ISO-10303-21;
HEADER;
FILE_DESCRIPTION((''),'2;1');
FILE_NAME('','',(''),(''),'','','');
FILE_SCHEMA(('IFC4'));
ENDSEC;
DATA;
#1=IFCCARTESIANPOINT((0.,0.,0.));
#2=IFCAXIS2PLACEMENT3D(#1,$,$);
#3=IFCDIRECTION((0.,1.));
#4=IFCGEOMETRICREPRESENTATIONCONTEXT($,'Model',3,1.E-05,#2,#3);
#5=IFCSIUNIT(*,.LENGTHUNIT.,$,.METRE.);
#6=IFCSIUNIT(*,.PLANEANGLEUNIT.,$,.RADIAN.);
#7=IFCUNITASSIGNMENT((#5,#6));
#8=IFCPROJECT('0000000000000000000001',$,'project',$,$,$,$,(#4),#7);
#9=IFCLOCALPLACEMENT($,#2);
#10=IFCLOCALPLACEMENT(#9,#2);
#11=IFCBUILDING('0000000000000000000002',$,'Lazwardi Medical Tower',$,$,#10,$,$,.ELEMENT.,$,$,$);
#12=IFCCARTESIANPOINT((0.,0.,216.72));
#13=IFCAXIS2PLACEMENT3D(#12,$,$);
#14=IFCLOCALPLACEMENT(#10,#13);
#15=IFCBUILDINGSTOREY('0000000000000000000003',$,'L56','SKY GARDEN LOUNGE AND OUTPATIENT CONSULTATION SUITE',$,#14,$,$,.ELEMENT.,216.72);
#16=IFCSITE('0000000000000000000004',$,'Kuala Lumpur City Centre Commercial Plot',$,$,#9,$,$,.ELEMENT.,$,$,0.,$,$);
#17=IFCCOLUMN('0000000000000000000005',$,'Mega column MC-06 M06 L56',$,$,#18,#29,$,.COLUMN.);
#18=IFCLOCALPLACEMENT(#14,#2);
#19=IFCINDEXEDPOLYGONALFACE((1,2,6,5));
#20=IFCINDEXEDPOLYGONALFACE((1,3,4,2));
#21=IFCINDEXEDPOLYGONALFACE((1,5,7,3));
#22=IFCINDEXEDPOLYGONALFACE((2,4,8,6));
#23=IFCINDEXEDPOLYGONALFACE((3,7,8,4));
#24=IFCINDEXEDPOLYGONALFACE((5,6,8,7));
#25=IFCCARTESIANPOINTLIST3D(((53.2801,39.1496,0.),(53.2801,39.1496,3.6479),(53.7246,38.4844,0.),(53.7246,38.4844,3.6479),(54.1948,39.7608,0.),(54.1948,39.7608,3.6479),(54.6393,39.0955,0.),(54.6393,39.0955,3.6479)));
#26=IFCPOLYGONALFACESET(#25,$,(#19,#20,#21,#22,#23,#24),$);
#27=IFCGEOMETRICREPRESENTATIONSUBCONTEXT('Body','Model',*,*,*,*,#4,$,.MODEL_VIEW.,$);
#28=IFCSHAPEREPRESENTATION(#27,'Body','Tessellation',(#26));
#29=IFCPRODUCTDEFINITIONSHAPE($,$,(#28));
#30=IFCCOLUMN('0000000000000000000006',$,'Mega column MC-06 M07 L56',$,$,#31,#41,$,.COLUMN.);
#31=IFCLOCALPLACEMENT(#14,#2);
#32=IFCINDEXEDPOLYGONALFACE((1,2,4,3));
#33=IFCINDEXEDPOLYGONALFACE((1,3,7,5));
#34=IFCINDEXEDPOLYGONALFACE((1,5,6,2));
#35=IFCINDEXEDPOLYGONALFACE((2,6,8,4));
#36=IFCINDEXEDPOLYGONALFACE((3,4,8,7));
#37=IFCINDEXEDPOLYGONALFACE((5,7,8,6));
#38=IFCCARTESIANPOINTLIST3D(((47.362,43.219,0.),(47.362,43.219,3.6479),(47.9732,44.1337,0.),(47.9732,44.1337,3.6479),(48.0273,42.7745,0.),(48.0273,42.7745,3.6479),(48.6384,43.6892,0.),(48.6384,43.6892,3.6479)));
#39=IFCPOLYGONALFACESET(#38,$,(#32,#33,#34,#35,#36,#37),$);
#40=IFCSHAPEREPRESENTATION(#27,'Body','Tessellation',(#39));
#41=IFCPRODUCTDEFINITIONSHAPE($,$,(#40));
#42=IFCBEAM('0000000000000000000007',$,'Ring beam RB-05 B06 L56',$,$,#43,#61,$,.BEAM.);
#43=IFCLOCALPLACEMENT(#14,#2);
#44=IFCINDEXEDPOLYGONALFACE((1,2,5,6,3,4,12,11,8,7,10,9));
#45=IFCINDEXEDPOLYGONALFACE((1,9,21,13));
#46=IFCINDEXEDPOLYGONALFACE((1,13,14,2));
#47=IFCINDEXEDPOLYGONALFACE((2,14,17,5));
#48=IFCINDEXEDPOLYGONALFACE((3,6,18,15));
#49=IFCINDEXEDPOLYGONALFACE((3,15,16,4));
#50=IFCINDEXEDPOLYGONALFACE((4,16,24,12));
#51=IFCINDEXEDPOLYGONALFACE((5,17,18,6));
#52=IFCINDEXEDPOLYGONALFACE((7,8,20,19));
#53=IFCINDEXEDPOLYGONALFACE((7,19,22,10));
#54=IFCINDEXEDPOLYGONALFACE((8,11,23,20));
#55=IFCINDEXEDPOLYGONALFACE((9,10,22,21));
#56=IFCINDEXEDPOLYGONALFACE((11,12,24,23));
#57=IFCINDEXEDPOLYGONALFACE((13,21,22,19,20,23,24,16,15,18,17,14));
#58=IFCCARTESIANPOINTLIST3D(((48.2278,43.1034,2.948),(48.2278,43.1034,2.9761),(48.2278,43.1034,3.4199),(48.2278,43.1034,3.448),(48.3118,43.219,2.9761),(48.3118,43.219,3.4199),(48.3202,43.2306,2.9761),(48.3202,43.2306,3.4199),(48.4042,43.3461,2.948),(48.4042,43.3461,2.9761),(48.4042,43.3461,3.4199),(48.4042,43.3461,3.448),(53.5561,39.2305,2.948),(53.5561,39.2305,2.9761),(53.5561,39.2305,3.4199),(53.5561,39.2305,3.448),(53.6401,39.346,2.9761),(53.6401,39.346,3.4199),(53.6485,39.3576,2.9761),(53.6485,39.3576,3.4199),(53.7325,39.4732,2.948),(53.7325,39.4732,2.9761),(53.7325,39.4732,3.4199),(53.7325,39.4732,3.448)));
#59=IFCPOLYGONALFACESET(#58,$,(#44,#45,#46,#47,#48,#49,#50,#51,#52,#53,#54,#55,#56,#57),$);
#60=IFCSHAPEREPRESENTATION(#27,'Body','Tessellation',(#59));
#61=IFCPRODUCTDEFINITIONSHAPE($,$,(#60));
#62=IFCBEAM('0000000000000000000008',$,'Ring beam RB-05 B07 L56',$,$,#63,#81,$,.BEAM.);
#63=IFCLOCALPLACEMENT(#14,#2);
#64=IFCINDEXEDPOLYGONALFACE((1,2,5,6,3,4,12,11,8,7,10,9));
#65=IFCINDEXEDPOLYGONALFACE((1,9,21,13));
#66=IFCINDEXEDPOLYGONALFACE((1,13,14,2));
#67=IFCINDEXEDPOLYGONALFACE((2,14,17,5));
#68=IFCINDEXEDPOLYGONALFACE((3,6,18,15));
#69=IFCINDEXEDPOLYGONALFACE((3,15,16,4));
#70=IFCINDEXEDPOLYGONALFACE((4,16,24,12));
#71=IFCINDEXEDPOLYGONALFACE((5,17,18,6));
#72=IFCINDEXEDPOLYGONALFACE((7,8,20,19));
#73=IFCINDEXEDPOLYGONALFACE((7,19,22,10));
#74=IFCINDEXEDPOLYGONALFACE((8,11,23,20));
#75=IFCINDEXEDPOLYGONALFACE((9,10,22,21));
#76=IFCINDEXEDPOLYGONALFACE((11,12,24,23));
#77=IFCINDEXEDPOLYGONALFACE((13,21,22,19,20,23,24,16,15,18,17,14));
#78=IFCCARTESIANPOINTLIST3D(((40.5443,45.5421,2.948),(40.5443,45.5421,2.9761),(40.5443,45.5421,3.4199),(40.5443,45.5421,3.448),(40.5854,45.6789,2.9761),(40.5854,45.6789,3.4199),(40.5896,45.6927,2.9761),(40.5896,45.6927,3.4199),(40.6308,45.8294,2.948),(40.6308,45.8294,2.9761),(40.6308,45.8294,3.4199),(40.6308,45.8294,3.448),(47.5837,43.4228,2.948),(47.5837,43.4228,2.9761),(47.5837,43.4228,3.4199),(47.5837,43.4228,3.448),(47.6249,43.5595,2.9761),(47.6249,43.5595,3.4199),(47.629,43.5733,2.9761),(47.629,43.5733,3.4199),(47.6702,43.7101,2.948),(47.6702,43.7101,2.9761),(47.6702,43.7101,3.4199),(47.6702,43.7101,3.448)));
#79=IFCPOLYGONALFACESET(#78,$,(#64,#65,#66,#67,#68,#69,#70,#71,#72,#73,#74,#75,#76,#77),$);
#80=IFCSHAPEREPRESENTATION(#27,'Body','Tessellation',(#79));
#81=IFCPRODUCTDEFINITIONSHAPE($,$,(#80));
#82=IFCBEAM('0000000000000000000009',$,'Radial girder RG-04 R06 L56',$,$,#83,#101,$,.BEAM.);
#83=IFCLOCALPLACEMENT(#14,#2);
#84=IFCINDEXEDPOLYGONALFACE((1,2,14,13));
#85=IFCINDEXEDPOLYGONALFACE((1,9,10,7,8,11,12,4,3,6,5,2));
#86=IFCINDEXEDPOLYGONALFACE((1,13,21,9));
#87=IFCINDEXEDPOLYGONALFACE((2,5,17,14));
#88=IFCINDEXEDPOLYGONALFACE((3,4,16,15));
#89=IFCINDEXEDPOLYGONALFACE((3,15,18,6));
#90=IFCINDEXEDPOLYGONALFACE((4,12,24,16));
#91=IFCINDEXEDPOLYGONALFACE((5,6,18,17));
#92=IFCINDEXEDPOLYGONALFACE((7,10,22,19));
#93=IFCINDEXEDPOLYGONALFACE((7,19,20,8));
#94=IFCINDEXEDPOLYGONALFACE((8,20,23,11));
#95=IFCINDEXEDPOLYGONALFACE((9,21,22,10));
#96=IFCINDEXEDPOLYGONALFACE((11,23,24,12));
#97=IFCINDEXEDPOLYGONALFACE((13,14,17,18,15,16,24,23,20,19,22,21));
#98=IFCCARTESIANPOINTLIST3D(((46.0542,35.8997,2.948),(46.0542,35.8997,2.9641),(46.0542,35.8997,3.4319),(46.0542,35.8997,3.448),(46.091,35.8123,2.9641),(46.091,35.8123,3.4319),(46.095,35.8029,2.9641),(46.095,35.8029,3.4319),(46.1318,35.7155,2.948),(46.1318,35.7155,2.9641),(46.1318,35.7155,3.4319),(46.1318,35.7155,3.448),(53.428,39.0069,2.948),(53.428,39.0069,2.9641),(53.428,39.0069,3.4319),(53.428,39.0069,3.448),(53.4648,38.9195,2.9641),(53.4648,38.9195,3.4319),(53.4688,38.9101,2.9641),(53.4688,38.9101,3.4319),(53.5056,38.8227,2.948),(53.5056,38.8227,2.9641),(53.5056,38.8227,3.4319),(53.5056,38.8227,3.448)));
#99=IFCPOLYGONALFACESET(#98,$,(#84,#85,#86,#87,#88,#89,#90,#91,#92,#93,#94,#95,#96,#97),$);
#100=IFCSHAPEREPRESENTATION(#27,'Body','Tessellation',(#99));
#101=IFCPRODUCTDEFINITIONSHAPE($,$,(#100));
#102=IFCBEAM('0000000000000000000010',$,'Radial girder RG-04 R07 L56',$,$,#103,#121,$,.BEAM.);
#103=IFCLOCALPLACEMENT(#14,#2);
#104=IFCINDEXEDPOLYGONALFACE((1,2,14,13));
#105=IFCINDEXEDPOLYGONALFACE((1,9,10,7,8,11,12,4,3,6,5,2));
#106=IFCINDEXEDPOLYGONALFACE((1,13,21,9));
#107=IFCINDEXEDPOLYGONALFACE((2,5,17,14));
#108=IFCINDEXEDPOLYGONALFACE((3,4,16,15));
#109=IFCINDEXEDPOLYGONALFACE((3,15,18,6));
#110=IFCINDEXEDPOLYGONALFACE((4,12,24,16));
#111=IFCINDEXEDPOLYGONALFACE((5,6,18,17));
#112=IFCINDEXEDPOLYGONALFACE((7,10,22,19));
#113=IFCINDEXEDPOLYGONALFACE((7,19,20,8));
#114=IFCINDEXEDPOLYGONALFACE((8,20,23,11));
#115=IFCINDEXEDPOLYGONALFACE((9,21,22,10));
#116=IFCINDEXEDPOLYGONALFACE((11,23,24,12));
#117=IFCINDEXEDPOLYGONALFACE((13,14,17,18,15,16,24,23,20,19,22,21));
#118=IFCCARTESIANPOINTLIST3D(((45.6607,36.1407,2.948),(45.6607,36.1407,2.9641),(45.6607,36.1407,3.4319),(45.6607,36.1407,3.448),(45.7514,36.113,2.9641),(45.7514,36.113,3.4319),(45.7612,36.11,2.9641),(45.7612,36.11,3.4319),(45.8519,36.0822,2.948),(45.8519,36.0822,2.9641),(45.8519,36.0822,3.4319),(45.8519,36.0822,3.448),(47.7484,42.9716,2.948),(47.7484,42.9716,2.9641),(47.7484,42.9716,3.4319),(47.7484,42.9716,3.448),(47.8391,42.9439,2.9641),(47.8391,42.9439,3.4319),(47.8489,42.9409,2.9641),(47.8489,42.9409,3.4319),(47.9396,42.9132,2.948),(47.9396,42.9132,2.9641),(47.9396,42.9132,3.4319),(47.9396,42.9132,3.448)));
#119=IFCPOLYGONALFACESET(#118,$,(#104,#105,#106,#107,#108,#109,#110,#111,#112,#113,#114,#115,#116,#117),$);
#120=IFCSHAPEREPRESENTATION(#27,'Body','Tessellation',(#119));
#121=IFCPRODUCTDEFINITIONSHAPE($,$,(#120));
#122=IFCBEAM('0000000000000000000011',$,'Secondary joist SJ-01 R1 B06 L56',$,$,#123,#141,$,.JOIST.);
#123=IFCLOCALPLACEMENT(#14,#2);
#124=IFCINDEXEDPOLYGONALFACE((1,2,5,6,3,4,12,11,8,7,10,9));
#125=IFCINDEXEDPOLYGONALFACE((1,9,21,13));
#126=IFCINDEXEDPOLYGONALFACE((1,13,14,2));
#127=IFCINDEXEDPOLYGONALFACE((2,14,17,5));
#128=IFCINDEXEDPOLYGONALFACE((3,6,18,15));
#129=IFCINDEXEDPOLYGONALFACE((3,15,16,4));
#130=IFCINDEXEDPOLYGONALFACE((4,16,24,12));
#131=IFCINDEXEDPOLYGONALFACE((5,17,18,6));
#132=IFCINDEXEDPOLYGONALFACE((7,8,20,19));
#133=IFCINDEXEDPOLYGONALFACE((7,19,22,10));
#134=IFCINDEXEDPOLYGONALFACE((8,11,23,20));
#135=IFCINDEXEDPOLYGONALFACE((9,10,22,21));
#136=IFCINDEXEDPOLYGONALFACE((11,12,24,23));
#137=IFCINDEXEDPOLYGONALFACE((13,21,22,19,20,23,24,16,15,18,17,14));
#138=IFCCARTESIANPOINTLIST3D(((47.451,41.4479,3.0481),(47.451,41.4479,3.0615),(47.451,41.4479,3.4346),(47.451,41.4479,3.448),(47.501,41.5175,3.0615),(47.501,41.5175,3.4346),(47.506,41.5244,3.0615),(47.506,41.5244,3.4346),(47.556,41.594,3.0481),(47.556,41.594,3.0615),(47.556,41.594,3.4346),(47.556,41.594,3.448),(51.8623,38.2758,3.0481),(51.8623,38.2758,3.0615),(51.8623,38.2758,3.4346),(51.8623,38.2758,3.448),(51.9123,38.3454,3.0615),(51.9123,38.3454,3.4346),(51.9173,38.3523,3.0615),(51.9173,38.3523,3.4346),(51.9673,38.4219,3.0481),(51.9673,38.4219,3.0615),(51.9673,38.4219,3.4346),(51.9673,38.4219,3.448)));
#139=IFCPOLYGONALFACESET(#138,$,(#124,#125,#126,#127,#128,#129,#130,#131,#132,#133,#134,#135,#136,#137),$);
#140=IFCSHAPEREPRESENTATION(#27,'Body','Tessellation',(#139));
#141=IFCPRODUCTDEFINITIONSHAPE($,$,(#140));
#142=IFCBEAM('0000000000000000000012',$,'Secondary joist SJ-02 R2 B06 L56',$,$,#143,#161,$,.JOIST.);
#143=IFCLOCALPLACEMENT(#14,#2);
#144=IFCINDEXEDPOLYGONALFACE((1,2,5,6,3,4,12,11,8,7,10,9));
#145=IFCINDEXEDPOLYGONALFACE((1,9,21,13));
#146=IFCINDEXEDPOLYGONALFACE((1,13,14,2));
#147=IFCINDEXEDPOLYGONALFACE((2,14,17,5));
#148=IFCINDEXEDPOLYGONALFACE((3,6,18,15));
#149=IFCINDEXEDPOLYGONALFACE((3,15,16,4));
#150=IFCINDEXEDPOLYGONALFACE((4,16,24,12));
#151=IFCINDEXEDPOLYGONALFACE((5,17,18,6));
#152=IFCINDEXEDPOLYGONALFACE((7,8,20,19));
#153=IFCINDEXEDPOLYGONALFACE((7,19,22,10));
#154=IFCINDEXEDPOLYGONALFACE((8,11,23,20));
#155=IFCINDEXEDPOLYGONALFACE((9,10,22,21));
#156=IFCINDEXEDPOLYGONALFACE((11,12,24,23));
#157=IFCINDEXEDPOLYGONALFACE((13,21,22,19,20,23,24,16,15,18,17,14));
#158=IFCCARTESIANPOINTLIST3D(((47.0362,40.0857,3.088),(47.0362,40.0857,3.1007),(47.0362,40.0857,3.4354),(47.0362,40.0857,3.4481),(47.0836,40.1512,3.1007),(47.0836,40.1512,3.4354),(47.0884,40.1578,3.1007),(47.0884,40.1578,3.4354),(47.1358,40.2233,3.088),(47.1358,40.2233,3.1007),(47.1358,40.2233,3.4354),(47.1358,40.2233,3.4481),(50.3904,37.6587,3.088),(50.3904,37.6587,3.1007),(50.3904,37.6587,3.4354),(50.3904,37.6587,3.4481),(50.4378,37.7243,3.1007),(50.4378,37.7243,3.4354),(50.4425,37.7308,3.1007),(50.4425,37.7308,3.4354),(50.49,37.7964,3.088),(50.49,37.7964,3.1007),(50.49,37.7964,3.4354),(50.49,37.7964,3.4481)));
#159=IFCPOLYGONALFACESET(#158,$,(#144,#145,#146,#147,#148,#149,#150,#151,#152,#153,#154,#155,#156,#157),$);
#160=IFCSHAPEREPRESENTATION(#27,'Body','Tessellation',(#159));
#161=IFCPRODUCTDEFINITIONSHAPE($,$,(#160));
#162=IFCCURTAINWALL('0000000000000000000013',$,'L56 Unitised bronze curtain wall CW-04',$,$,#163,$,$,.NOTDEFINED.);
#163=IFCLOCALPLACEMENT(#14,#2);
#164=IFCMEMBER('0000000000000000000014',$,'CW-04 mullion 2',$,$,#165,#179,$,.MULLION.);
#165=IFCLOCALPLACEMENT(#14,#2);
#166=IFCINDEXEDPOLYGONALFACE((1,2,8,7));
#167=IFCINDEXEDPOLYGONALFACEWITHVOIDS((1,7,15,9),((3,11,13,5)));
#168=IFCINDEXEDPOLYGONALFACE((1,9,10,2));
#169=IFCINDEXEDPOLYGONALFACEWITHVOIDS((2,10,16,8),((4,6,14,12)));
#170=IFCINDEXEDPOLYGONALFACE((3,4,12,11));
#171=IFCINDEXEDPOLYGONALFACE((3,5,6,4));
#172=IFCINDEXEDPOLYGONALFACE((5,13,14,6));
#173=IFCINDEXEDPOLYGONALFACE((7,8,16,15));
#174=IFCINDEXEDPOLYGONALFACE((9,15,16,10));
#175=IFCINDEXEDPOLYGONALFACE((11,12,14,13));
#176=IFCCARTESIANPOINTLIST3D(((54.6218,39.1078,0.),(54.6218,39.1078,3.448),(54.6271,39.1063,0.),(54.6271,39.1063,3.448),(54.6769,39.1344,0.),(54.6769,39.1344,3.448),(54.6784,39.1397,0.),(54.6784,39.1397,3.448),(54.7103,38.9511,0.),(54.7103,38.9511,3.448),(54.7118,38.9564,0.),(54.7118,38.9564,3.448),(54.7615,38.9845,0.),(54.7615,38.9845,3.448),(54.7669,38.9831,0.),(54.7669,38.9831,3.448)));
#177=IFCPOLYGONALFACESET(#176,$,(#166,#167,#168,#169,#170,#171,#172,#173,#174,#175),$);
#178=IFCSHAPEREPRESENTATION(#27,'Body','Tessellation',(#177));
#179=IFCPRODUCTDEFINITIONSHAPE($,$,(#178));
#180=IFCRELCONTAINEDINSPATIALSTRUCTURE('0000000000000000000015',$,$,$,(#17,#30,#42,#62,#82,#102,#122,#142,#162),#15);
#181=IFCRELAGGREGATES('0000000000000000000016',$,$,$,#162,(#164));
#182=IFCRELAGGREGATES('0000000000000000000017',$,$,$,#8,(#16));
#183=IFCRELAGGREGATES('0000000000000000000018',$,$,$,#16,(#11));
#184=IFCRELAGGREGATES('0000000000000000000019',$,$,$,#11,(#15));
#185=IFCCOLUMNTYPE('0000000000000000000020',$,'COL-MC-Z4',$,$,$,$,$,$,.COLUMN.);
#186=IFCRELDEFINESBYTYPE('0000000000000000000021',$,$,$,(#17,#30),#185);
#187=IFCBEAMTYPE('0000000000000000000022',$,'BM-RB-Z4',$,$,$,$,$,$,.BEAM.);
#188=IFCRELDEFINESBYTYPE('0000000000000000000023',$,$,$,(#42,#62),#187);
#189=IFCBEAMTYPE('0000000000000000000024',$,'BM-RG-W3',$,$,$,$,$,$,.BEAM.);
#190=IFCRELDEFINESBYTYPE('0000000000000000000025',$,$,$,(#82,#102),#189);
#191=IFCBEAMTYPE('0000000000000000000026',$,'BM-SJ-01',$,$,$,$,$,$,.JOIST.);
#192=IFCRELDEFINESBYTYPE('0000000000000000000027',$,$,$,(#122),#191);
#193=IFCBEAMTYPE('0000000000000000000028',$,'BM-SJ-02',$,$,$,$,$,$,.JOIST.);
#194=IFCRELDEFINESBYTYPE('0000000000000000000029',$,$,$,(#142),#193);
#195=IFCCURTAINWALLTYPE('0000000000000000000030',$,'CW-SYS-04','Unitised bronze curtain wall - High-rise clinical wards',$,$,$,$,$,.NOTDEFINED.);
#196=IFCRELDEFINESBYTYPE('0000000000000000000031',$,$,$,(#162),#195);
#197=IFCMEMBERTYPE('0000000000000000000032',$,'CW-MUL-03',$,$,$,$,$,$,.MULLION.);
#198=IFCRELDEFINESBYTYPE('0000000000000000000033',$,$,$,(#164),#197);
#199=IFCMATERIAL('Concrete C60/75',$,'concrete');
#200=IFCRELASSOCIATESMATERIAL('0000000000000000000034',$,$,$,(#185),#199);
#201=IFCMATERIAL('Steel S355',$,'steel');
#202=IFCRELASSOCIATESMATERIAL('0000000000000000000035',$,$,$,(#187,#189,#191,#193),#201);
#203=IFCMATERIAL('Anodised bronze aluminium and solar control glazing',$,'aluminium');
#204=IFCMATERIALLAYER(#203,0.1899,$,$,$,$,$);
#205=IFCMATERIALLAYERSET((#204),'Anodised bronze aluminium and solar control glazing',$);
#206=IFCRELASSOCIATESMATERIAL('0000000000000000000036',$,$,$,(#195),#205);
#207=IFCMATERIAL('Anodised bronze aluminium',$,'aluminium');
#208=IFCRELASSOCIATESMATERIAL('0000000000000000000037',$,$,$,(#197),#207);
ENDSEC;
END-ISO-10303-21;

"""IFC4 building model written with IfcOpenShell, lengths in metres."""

from ifc_helpers import new_model, si_unit, direction, frame, origin, origin_2d, place, context, subcontext, project, spatial, rectangle, hollow_rectangle, i_section, extrude, material, layer, layer_set, material_profile, profile_set, type_object, element, aggregate, save


model = new_model("IFC4")

# Units and contexts
model_context = context("Model", 3, precision=1e-05, world=origin(), true_north=direction((0.0, 1.0)))
body_context = subcontext(model_context, "Body", "Model", "MODEL_VIEW")
ifc_project = project(units=[si_unit("LENGTHUNIT", "METRE"), si_unit("PLANEANGLEUNIT", "RADIAN")], contexts=[model_context])

# Site, building, storey
site_placement = place(None, origin())
site = spatial("IfcSite", under=ifc_project, at=site_placement, Name="Kuala Lumpur City Centre Commercial Plot", CompositionType="ELEMENT", RefElevation=0.0)
building_placement = place(site_placement, origin())
building = spatial("IfcBuilding", under=site, at=building_placement, Name="Lazwardi Medical Tower", CompositionType="ELEMENT")
storey_placement = place(building_placement, frame((0.0, 0.0, 216.72)))
storey = spatial("IfcBuildingStorey", under=building, at=storey_placement, Name="L56", Description="SKY GARDEN LOUNGE AND OUTPATIENT CONSULTATION SUITE", CompositionType="ELEMENT", Elevation=216.72)

# Columns
ifc_material_1 = material(Name="Concrete C60/75", Category="concrete")
ifc_material_profile_1 = material_profile(ifc_material_1, rectangle(XDim=1.1001, YDim=0.8, at=origin_2d()), Name="CFT-RECT 1100x800")
ifc_profile_set_1 = profile_set([ifc_material_profile_1], Name="Concrete C60/75")
column_type = type_object("IfcColumnType", Name="COL-MC-Z4", PredefinedType="COLUMN", material=ifc_profile_set_1)
for number, where, z_axis, x_axis, name in (
    (1, (53.9597, 39.1226, 0.0), (0.0, 0.0, 1.0), (0.83147, 0.55557, 0.0), "Mega column MC-06 M06 L56"),
    (2, (48.0002, 43.4541, 0.0), (0.0, 0.0, 1.0), (0.55557, 0.83147, 0.0), "Mega column MC-06 M07 L56"),
):
    element("IfcColumn", number, at=place(storey_placement, frame(where, z_axis=z_axis, x_axis=x_axis)), inside=storey, type_object=column_type, Name=name, PredefinedType="COLUMN", context=body_context, shape_type="SweptSolid", body=[
        extrude(rectangle(XDim=1.1001, YDim=0.8, at=origin_2d()), origin(), (0.0, 0.0, 1.0), 3.6479),
    ])

# Beams
ifc_material_2 = material(Name="Steel S355", Category="steel")
ifc_material_profile_2 = material_profile(ifc_material_2, i_section(OverallWidth=0.3, OverallDepth=0.5, WebThickness=0.0144, FlangeThickness=0.0281, at=origin_2d()), Name="HEB 500")
ifc_profile_set_2 = profile_set([ifc_material_profile_2], Name="Steel S355")
beam_type_1 = type_object("IfcBeamType", Name="BM-RB-Z4", PredefinedType="BEAM", material=ifc_profile_set_2)
beam_1_placement = place(storey_placement, frame((53.6443, 39.3518, 3.198), z_axis=(-0.80889, 0.58796, 0.0), x_axis=(-0.58796, -0.80889, 0.0)))
element("IfcBeam", 3, at=beam_1_placement, inside=storey, type_object=beam_type_1, Name="Ring beam RB-05 B06 L56", PredefinedType="BEAM", context=body_context, shape_type="SweptSolid", body=[
    extrude(i_section(OverallWidth=0.3, OverallDepth=0.5, WebThickness=0.0144, FlangeThickness=0.0281, at=origin_2d()), origin(), (0.0, 0.0, 1.0), 6.5872),
])
beam_2_placement = place(storey_placement, frame((47.627, 43.5664, 3.198), z_axis=(-0.957544, 0.288286, 0.0), x_axis=(-0.288286, -0.957544, 0.0)))
element("IfcBeam", 4, at=beam_2_placement, inside=storey, type_object=beam_type_1, Name="Ring beam RB-05 B07 L56", PredefinedType="BEAM", context=body_context, shape_type="SweptSolid", body=[
    extrude(i_section(OverallWidth=0.3, OverallDepth=0.5, WebThickness=0.0144, FlangeThickness=0.0281, at=origin_2d()), origin(), (0.0, 0.0, 1.0), 7.3516),
])
ifc_material_profile_3 = material_profile(ifc_material_2, i_section(OverallWidth=0.2, OverallDepth=0.5, WebThickness=0.0103, FlangeThickness=0.0161, at=origin_2d()), Name="IPE 500")
ifc_profile_set_3 = profile_set([ifc_material_profile_3], Name="Steel S355")
beam_type_2 = type_object("IfcBeamType", Name="BM-RG-W3", PredefinedType="BEAM", material=ifc_profile_set_3)
beam_3_placement = place(storey_placement, frame((53.4668, 38.9148, 3.198), z_axis=(-0.921527, -0.388315, 0.0), x_axis=(0.388315, -0.921527, 0.0)))
element("IfcBeam", 5, at=beam_3_placement, inside=storey, type_object=beam_type_2, Name="Radial girder RG-04 R06 L56", PredefinedType="BEAM", context=body_context, shape_type="SweptSolid", body=[
    extrude(i_section(OverallWidth=0.2, OverallDepth=0.5, WebThickness=0.0103, FlangeThickness=0.0161, at=origin_2d()), origin(), (0.0, 0.0, 1.0), 8.0017),
])
beam_4_placement = place(storey_placement, frame((47.844, 42.9424, 3.198), z_axis=(-0.292277, -0.956334, 0.0), x_axis=(0.956334, -0.292277, 0.0)))
element("IfcBeam", 6, at=beam_4_placement, inside=storey, type_object=beam_type_2, Name="Radial girder RG-04 R07 L56", PredefinedType="BEAM", context=body_context, shape_type="SweptSolid", body=[
    extrude(i_section(OverallWidth=0.2, OverallDepth=0.5, WebThickness=0.0103, FlangeThickness=0.0161, at=origin_2d()), origin(), (0.0, 0.0, 1.0), 7.1428),
])
ifc_material_profile_4 = material_profile(ifc_material_2, i_section(OverallWidth=0.1799, OverallDepth=0.3999, WebThickness=0.0085, FlangeThickness=0.0134, at=origin_2d()), Name="IPE 400")
ifc_profile_set_4 = profile_set([ifc_material_profile_4], Name="Steel S355")
beam_type_3 = type_object("IfcBeamType", Name="BM-SJ-01", PredefinedType="JOIST", material=ifc_profile_set_4)
beam_5_placement = place(storey_placement, frame((51.9148, 38.3489, 3.248), z_axis=(-0.81189, 0.583811, 0.0), x_axis=(-0.583811, -0.81189, 0.0)))
element("IfcBeam", 7, at=beam_5_placement, inside=storey, type_object=beam_type_3, Name="Secondary joist SJ-01 R1 B06 L56", PredefinedType="JOIST", context=body_context, shape_type="SweptSolid", body=[
    extrude(i_section(OverallWidth=0.1799, OverallDepth=0.3999, WebThickness=0.0085, FlangeThickness=0.0134, at=origin_2d()), origin(), (0.0, 0.0, 1.0), 5.4333),
])
ifc_material_profile_5 = material_profile(ifc_material_2, i_section(OverallWidth=0.1699, OverallDepth=0.3601, WebThickness=0.0081, FlangeThickness=0.0127, at=origin_2d()), Name="IPE 360")
ifc_profile_set_5 = profile_set([ifc_material_profile_5], Name="Steel S355")
beam_type_4 = type_object("IfcBeamType", Name="BM-SJ-02", PredefinedType="JOIST", material=ifc_profile_set_5)
beam_6_placement = place(storey_placement, frame((50.4402, 37.7275, 3.2681), z_axis=(-0.810164, 0.586203, 0.0), x_axis=(-0.586203, -0.810164, 0.0)))
element("IfcBeam", 8, at=beam_6_placement, inside=storey, type_object=beam_type_4, Name="Secondary joist SJ-02 R2 B06 L56", PredefinedType="JOIST", context=body_context, shape_type="SweptSolid", body=[
    extrude(i_section(OverallWidth=0.1699, OverallDepth=0.3601, WebThickness=0.0081, FlangeThickness=0.0127, at=origin_2d()), origin(), (0.0, 0.0, 1.0), 4.1401),
])

# Curtain wall, member
ifc_material_3 = material(Name="Anodised bronze aluminium and solar control glazing", Category="aluminium")
ifc_layer_1 = layer(ifc_material_3, 0.1899)
ifc_layer_set_1 = layer_set([ifc_layer_1], Name="Anodised bronze aluminium and solar control glazing")
curtain_wall_type = type_object("IfcCurtainWallType", Name="CW-SYS-04", Description="Unitised bronze curtain wall - High-rise clinical wards", PredefinedType="NOTDEFINED", material=ifc_layer_set_1)
curtain_wall_1_placement = place(storey_placement, origin())
curtain_wall_1 = element("IfcCurtainWall", 9, at=curtain_wall_1_placement, inside=storey, type_object=curtain_wall_type, Name="L56 Unitised bronze curtain wall CW-04", PredefinedType="NOTDEFINED")
ifc_material_4 = material(Name="Anodised bronze aluminium", Category="aluminium")
ifc_material_profile_6 = material_profile(ifc_material_4, hollow_rectangle(XDim=0.0649, YDim=0.1799, WallThickness=0.0039, at=origin_2d()), Name="ALU-MULLION 180x65x4")
ifc_profile_set_6 = profile_set([ifc_material_profile_6], Name="Anodised bronze aluminium")
member_type_1 = type_object("IfcMemberType", Name="CW-MUL-03", PredefinedType="MULLION", material=ifc_profile_set_6)
member_1_placement = place(storey_placement, frame((54.6943, 39.0454, 0.0), z_axis=(0.0, 0.0, 1.0), x_axis=(-0.870651, -0.4919, 0.0)))
member_1 = element("IfcMember", 10, at=member_1_placement, type_object=member_type_1, Name="CW-04 mullion 2", PredefinedType="MULLION", context=body_context, shape_type="SweptSolid", body=[
    extrude(hollow_rectangle(XDim=0.0649, YDim=0.1799, WallThickness=0.0039, at=origin_2d()), origin(), (0.0, 0.0, 1.0), 3.448),
])
aggregate(curtain_wall_1, [member_1])

save(model, "model.ifc")
